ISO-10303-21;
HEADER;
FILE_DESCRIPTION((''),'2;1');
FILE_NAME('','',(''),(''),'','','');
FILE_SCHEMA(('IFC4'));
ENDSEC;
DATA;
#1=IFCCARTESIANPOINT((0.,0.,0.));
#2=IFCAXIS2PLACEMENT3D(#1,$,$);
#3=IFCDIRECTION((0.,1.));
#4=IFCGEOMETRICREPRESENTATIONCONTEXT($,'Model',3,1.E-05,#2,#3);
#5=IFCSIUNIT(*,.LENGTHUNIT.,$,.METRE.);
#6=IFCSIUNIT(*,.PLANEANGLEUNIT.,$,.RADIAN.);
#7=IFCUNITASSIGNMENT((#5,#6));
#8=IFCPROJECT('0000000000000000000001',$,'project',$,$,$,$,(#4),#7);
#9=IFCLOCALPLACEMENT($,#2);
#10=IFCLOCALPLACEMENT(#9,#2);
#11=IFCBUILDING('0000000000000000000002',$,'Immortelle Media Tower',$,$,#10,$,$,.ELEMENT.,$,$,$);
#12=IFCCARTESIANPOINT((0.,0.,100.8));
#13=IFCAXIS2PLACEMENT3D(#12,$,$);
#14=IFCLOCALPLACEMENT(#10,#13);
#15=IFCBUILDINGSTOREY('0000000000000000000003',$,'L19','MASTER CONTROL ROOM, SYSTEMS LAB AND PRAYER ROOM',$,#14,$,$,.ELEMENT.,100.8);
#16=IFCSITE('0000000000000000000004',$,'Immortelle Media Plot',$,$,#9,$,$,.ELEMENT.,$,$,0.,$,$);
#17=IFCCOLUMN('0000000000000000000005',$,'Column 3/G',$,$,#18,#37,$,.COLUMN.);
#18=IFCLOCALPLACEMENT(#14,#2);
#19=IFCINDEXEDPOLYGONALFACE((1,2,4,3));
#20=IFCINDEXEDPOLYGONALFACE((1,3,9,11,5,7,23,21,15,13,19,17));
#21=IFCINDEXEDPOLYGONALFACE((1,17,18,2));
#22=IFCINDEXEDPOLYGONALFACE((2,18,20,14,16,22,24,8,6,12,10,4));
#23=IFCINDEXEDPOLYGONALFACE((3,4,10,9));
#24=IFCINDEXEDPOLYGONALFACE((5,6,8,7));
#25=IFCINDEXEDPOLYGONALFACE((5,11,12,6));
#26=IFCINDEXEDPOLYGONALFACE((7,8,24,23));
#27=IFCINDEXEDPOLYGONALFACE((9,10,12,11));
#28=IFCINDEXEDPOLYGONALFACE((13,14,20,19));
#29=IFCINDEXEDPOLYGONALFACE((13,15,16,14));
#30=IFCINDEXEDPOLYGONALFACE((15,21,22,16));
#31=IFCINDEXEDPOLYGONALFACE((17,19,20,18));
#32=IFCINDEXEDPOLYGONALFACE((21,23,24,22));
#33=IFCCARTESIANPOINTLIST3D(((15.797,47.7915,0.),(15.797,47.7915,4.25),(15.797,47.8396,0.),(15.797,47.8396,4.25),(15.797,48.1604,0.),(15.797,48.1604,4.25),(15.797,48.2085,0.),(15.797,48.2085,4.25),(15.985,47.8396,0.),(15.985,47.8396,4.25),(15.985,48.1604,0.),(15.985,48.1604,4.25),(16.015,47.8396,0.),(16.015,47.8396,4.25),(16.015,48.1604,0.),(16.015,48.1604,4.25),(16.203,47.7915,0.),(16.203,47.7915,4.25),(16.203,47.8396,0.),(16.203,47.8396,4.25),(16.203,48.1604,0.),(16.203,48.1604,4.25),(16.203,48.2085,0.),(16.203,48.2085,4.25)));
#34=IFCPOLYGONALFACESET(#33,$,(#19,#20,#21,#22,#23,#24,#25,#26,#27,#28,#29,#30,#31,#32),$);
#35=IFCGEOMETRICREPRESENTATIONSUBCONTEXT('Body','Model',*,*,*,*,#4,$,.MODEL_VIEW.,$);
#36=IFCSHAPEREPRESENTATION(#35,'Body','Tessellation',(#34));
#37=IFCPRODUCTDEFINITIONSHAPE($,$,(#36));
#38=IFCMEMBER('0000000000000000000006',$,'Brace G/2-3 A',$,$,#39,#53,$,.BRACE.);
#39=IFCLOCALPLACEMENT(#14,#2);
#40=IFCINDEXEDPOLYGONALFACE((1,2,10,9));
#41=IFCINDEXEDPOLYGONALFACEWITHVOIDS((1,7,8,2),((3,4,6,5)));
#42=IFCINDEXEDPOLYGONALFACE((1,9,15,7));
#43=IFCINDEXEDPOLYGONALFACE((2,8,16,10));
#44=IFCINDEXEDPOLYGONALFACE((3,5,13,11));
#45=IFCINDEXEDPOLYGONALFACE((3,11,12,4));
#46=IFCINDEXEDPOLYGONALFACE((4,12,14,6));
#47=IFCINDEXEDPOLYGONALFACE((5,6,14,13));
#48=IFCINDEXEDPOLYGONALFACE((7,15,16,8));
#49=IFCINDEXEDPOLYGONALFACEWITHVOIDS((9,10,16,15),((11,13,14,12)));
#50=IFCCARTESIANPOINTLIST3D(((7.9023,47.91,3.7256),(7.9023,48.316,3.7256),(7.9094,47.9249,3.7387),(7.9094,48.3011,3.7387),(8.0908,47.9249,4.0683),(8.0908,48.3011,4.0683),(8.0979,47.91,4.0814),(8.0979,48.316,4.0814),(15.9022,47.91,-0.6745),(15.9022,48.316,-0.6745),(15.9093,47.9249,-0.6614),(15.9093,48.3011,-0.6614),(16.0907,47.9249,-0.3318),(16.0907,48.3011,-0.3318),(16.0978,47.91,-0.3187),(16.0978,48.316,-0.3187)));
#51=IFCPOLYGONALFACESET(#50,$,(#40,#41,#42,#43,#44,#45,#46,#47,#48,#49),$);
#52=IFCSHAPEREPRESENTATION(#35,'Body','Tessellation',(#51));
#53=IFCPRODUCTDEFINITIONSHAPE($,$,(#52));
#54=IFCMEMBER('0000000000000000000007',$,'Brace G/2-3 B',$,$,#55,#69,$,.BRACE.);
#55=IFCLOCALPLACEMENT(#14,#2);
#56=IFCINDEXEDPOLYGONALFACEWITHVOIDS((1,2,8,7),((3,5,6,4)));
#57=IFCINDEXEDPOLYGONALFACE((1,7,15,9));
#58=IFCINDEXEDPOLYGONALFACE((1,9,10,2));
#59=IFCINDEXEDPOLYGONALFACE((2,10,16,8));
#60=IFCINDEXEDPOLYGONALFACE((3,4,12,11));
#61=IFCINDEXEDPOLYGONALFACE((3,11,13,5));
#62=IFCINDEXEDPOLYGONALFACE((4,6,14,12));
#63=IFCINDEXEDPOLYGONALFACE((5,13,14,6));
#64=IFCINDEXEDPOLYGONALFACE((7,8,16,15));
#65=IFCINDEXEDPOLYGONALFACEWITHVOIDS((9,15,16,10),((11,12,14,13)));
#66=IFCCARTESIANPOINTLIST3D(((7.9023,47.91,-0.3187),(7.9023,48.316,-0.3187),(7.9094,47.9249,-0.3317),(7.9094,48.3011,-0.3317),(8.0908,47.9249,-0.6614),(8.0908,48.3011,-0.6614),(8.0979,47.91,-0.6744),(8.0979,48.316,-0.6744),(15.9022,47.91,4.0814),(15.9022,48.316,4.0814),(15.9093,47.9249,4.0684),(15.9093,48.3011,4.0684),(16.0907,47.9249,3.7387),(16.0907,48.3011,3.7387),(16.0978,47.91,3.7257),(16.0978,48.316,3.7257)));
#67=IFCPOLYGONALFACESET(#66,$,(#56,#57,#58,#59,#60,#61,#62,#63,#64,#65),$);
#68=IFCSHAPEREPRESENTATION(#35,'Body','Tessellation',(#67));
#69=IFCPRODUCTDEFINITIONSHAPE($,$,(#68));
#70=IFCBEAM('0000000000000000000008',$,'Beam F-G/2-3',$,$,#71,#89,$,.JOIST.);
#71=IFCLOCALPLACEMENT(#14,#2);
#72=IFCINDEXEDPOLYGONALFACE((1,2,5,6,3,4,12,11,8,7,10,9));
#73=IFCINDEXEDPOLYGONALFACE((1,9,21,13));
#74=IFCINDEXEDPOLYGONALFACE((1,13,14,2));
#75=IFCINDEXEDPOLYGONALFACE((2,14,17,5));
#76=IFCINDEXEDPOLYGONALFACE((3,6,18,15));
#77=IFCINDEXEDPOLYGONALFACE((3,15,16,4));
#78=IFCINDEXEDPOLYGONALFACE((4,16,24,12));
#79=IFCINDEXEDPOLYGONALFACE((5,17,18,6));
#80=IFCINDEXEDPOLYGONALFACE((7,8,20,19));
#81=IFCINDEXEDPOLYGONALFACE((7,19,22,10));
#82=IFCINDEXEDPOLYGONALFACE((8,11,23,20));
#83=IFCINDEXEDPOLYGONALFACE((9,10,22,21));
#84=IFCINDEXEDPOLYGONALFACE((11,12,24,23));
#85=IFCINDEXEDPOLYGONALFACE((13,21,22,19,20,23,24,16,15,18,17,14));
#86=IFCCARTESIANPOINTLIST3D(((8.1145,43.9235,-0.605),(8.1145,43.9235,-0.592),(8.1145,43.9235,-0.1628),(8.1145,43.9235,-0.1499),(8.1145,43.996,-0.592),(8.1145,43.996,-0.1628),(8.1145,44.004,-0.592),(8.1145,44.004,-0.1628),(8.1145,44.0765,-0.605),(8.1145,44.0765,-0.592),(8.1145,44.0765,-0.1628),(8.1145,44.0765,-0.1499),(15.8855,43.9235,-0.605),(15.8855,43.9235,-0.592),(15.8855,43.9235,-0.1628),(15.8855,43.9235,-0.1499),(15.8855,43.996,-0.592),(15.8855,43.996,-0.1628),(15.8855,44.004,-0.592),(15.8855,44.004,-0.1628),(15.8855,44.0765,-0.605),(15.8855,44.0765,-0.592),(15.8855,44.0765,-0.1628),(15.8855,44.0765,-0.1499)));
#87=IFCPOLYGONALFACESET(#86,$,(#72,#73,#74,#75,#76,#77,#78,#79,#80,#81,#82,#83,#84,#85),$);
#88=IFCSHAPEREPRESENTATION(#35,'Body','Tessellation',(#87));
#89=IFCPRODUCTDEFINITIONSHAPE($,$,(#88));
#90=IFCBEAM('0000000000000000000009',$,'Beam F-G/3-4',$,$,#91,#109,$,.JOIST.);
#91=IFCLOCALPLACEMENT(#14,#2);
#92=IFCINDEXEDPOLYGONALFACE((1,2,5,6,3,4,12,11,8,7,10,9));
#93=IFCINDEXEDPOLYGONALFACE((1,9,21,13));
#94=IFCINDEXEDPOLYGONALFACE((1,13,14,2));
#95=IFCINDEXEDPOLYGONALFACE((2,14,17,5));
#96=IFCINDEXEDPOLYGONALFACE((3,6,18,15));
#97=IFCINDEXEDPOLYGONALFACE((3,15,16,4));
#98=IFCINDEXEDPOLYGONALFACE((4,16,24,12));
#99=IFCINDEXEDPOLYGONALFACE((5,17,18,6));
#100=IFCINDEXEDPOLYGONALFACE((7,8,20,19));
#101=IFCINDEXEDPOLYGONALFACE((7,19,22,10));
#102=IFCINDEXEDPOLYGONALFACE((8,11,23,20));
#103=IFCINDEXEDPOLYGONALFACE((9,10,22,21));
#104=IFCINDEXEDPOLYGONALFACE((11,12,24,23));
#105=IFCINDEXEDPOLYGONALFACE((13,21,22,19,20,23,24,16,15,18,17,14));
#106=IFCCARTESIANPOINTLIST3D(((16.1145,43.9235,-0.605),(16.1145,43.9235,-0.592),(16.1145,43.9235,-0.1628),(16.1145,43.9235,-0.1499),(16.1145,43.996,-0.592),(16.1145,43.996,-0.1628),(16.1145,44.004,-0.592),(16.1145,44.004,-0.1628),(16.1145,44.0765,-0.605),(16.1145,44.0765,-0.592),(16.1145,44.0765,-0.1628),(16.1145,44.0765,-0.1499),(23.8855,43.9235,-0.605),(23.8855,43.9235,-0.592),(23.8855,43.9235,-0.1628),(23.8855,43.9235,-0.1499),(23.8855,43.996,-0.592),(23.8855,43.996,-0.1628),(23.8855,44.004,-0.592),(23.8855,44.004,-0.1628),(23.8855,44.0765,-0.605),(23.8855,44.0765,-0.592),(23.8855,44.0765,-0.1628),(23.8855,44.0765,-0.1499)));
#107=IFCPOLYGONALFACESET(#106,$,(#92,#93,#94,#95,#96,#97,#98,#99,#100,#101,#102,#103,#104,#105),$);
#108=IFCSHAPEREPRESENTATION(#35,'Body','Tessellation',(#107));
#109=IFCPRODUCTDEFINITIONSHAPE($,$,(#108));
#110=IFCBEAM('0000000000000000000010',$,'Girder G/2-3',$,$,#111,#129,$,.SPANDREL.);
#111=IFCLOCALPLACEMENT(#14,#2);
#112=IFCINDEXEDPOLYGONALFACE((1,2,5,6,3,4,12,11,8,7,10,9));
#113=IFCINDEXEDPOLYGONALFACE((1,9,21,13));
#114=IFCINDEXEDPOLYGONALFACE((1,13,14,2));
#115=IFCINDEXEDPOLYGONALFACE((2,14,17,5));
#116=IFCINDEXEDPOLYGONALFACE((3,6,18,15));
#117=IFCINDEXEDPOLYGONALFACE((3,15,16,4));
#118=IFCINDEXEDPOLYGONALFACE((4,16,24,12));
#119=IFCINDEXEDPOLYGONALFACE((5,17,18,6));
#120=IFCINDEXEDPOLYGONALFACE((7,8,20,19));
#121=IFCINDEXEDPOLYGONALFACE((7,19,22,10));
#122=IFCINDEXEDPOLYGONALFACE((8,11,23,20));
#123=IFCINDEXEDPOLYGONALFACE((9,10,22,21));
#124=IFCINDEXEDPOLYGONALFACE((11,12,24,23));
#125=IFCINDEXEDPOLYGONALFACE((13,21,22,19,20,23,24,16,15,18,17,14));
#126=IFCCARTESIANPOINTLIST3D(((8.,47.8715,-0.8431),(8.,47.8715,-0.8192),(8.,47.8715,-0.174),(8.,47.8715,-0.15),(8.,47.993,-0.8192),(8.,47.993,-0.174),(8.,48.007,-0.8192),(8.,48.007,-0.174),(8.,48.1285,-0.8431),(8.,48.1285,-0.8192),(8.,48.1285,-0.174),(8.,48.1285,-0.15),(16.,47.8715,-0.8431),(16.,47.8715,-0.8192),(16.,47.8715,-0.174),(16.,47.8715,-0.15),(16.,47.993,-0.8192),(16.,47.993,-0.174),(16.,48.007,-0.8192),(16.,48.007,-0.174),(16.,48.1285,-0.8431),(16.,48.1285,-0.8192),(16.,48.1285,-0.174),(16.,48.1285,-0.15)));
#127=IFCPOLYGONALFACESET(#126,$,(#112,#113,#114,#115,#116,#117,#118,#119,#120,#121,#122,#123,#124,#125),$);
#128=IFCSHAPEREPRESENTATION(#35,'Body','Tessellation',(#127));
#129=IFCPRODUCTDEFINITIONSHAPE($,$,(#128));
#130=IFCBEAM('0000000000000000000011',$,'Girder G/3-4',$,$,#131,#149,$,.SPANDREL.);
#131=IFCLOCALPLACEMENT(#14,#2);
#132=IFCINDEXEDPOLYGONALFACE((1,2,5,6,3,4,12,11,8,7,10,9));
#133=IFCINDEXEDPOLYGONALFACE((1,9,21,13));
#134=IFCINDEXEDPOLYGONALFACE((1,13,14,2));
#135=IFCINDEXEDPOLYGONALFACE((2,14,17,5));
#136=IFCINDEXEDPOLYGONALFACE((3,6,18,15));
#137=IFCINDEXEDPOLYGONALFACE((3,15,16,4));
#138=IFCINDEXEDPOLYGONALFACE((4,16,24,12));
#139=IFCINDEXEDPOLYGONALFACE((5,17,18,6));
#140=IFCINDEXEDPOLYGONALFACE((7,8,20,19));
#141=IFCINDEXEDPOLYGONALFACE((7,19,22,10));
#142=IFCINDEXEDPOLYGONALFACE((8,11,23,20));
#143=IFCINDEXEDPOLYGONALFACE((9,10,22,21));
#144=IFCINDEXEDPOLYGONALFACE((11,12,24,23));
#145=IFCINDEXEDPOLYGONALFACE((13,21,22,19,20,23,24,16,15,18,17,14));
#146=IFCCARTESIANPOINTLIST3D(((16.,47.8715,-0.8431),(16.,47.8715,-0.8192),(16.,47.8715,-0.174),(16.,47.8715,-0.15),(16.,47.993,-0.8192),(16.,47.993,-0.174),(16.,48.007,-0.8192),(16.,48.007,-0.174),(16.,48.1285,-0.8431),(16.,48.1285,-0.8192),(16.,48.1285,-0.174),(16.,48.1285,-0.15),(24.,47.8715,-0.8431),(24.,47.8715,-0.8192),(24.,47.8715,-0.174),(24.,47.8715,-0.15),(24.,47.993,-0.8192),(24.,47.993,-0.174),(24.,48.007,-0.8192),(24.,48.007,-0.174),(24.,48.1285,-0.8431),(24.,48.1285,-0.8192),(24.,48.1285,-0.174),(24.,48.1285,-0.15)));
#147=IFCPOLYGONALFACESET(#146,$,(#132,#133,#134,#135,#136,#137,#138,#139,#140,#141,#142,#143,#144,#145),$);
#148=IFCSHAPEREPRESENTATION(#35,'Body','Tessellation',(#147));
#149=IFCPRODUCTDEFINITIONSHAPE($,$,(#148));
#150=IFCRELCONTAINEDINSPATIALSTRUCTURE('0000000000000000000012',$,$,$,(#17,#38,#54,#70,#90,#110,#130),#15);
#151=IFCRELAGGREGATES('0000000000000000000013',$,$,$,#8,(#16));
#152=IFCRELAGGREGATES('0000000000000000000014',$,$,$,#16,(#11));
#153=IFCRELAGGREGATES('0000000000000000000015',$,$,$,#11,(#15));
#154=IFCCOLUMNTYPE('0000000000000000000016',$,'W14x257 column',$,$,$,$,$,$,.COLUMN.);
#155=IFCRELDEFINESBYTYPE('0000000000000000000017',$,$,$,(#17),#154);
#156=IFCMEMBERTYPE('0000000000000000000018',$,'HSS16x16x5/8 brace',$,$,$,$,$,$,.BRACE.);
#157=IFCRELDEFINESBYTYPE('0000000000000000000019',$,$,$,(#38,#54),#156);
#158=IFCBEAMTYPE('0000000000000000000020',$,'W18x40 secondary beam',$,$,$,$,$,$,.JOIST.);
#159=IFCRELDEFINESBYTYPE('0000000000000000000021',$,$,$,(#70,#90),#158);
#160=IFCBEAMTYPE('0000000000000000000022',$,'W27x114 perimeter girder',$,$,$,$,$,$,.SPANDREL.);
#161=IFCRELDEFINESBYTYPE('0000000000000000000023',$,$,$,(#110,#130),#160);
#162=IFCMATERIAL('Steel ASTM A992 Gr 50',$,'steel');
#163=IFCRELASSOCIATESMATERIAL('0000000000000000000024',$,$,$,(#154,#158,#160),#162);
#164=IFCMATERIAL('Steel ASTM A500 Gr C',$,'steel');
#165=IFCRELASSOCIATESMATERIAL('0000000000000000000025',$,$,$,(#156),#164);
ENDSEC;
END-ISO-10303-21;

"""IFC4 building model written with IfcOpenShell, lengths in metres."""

from ifc_helpers import new_model, si_unit, direction, frame, origin, origin_2d, place, context, subcontext, project, spatial, hollow_rectangle, i_section, extrude, material, material_profile, profile_set, type_object, element, save


model = new_model("IFC4")

# Units and contexts
model_context = context("Model", 3, precision=1e-05, world=origin(), true_north=direction((0.0, 1.0)))
body_context = subcontext(model_context, "Body", "Model", "MODEL_VIEW")
ifc_project = project(units=[si_unit("LENGTHUNIT", "METRE"), si_unit("PLANEANGLEUNIT", "RADIAN")], contexts=[model_context])

# Site, building, storey
site_placement = place(None, origin())
site = spatial("IfcSite", under=ifc_project, at=site_placement, Name="Immortelle Media Plot", CompositionType="ELEMENT", RefElevation=0.0)
building_placement = place(site_placement, origin())
building = spatial("IfcBuilding", under=site, at=building_placement, Name="Immortelle Media Tower", CompositionType="ELEMENT")
storey_placement = place(building_placement, frame((0.0, 0.0, 100.8)))
storey = spatial("IfcBuildingStorey", under=building, at=storey_placement, Name="L19", Description="MASTER CONTROL ROOM, SYSTEMS LAB AND PRAYER ROOM", CompositionType="ELEMENT", Elevation=100.8)

# Column
ifc_material_1 = material(Name="Steel ASTM A992 Gr 50", Category="steel")
ifc_material_profile_1 = material_profile(ifc_material_1, i_section(OverallWidth=0.406, OverallDepth=0.417, WebThickness=0.03, FlangeThickness=0.0481, at=origin_2d()), Name="W14x257")
ifc_profile_set_1 = profile_set([ifc_material_profile_1], Name="Steel ASTM A992 Gr 50")
column_type = type_object("IfcColumnType", Name="W14x257 column", PredefinedType="COLUMN", material=ifc_profile_set_1)
column_placement = place(storey_placement, frame((16.0, 48.0, 0.0), z_axis=(0.0, 0.0, 1.0), x_axis=(1.0, 0.0, 0.0)))
element("IfcColumn", 1, at=column_placement, inside=storey, type_object=column_type, Name="Column 3/G", PredefinedType="COLUMN", context=body_context, shape_type="SweptSolid", body=[
    extrude(i_section(OverallWidth=0.406, OverallDepth=0.417, WebThickness=0.03, FlangeThickness=0.0481, at=origin_2d()), origin(), (0.0, 0.0, 1.0), 4.25),
])

# Members
ifc_material_2 = material(Name="Steel ASTM A500 Gr C", Category="steel")
ifc_material_profile_2 = material_profile(ifc_material_2, hollow_rectangle(XDim=0.406, YDim=0.406, WallThickness=0.0149, at=origin_2d()), Name="HSS16x16x5/8 brace")
ifc_profile_set_2 = profile_set([ifc_material_profile_2], Name="Steel ASTM A500 Gr C")
member_type = type_object("IfcMemberType", Name="HSS16x16x5/8 brace", PredefinedType="BRACE", material=ifc_profile_set_2)
for number, where, z_axis, x_axis, name in (
    (2, (16.0, 48.113, -0.4966), (-0.876209, 0.0, 0.481931), (0.0, -1.0, 0.0), "Brace G/2-3 A"),
    (3, (16.0, 48.113, 3.9036), (-0.876209, 0.0, -0.481931), (0.0, -1.0, 0.0), "Brace G/2-3 B"),
):
    element("IfcMember", number, at=place(storey_placement, frame(where, z_axis=z_axis, x_axis=x_axis)), inside=storey, type_object=member_type, Name=name, PredefinedType="BRACE", context=body_context, shape_type="SweptSolid", body=[
        extrude(hollow_rectangle(XDim=0.406, YDim=0.406, WallThickness=0.0149, at=origin_2d()), origin(), (0.0, 0.0, 1.0), 9.1301),
    ])

# Beams
ifc_material_profile_3 = material_profile(ifc_material_1, i_section(OverallWidth=0.1531, OverallDepth=0.4551, WebThickness=0.0081, FlangeThickness=0.0129, at=origin_2d()), Name="W18x40")
ifc_profile_set_3 = profile_set([ifc_material_profile_3], Name="Steel ASTM A992 Gr 50")
beam_type_1 = type_object("IfcBeamType", Name="W18x40 secondary beam", PredefinedType="JOIST", material=ifc_profile_set_3)
for number, where, z_axis, x_axis, name in (
    (4, (8.1145, 44.0, -0.3774), (1.0, 0.0, 0.0), (0.0, 1.0, 0.0), "Beam F-G/2-3"),
    (5, (16.1145, 44.0, -0.3774), (1.0, 0.0, 0.0), (0.0, 1.0, 0.0), "Beam F-G/3-4"),
):
    element("IfcBeam", number, at=place(storey_placement, frame(where, z_axis=z_axis, x_axis=x_axis)), inside=storey, type_object=beam_type_1, Name=name, PredefinedType="JOIST", context=body_context, shape_type="SweptSolid", body=[
        extrude(i_section(OverallWidth=0.1531, OverallDepth=0.4551, WebThickness=0.0081, FlangeThickness=0.0129, at=origin_2d()), origin(), (0.0, 0.0, 1.0), 7.771),
    ])
ifc_material_profile_4 = material_profile(ifc_material_1, i_section(OverallWidth=0.2571, OverallDepth=0.6931, WebThickness=0.0139, FlangeThickness=0.0239, at=origin_2d()), Name="W27x114")
ifc_profile_set_4 = profile_set([ifc_material_profile_4], Name="Steel ASTM A992 Gr 50")
beam_type_2 = type_object("IfcBeamType", Name="W27x114 perimeter girder", PredefinedType="SPANDREL", material=ifc_profile_set_4)
for number, where, z_axis, x_axis, name in (
    (6, (8.0, 48.0, -0.4966), (1.0, 0.0, 0.0), (0.0, 1.0, 0.0), "Girder G/2-3"),
    (7, (16.0, 48.0, -0.4966), (1.0, 0.0, 0.0), (0.0, 1.0, 0.0), "Girder G/3-4"),
):
    element("IfcBeam", number, at=place(storey_placement, frame(where, z_axis=z_axis, x_axis=x_axis)), inside=storey, type_object=beam_type_2, Name=name, PredefinedType="SPANDREL", context=body_context, shape_type="SweptSolid", body=[
        extrude(i_section(OverallWidth=0.2571, OverallDepth=0.6931, WebThickness=0.0139, FlangeThickness=0.0239, at=origin_2d()), origin(), (0.0, 0.0, 1.0), 8.0),
    ])

save(model, "model.ifc")
